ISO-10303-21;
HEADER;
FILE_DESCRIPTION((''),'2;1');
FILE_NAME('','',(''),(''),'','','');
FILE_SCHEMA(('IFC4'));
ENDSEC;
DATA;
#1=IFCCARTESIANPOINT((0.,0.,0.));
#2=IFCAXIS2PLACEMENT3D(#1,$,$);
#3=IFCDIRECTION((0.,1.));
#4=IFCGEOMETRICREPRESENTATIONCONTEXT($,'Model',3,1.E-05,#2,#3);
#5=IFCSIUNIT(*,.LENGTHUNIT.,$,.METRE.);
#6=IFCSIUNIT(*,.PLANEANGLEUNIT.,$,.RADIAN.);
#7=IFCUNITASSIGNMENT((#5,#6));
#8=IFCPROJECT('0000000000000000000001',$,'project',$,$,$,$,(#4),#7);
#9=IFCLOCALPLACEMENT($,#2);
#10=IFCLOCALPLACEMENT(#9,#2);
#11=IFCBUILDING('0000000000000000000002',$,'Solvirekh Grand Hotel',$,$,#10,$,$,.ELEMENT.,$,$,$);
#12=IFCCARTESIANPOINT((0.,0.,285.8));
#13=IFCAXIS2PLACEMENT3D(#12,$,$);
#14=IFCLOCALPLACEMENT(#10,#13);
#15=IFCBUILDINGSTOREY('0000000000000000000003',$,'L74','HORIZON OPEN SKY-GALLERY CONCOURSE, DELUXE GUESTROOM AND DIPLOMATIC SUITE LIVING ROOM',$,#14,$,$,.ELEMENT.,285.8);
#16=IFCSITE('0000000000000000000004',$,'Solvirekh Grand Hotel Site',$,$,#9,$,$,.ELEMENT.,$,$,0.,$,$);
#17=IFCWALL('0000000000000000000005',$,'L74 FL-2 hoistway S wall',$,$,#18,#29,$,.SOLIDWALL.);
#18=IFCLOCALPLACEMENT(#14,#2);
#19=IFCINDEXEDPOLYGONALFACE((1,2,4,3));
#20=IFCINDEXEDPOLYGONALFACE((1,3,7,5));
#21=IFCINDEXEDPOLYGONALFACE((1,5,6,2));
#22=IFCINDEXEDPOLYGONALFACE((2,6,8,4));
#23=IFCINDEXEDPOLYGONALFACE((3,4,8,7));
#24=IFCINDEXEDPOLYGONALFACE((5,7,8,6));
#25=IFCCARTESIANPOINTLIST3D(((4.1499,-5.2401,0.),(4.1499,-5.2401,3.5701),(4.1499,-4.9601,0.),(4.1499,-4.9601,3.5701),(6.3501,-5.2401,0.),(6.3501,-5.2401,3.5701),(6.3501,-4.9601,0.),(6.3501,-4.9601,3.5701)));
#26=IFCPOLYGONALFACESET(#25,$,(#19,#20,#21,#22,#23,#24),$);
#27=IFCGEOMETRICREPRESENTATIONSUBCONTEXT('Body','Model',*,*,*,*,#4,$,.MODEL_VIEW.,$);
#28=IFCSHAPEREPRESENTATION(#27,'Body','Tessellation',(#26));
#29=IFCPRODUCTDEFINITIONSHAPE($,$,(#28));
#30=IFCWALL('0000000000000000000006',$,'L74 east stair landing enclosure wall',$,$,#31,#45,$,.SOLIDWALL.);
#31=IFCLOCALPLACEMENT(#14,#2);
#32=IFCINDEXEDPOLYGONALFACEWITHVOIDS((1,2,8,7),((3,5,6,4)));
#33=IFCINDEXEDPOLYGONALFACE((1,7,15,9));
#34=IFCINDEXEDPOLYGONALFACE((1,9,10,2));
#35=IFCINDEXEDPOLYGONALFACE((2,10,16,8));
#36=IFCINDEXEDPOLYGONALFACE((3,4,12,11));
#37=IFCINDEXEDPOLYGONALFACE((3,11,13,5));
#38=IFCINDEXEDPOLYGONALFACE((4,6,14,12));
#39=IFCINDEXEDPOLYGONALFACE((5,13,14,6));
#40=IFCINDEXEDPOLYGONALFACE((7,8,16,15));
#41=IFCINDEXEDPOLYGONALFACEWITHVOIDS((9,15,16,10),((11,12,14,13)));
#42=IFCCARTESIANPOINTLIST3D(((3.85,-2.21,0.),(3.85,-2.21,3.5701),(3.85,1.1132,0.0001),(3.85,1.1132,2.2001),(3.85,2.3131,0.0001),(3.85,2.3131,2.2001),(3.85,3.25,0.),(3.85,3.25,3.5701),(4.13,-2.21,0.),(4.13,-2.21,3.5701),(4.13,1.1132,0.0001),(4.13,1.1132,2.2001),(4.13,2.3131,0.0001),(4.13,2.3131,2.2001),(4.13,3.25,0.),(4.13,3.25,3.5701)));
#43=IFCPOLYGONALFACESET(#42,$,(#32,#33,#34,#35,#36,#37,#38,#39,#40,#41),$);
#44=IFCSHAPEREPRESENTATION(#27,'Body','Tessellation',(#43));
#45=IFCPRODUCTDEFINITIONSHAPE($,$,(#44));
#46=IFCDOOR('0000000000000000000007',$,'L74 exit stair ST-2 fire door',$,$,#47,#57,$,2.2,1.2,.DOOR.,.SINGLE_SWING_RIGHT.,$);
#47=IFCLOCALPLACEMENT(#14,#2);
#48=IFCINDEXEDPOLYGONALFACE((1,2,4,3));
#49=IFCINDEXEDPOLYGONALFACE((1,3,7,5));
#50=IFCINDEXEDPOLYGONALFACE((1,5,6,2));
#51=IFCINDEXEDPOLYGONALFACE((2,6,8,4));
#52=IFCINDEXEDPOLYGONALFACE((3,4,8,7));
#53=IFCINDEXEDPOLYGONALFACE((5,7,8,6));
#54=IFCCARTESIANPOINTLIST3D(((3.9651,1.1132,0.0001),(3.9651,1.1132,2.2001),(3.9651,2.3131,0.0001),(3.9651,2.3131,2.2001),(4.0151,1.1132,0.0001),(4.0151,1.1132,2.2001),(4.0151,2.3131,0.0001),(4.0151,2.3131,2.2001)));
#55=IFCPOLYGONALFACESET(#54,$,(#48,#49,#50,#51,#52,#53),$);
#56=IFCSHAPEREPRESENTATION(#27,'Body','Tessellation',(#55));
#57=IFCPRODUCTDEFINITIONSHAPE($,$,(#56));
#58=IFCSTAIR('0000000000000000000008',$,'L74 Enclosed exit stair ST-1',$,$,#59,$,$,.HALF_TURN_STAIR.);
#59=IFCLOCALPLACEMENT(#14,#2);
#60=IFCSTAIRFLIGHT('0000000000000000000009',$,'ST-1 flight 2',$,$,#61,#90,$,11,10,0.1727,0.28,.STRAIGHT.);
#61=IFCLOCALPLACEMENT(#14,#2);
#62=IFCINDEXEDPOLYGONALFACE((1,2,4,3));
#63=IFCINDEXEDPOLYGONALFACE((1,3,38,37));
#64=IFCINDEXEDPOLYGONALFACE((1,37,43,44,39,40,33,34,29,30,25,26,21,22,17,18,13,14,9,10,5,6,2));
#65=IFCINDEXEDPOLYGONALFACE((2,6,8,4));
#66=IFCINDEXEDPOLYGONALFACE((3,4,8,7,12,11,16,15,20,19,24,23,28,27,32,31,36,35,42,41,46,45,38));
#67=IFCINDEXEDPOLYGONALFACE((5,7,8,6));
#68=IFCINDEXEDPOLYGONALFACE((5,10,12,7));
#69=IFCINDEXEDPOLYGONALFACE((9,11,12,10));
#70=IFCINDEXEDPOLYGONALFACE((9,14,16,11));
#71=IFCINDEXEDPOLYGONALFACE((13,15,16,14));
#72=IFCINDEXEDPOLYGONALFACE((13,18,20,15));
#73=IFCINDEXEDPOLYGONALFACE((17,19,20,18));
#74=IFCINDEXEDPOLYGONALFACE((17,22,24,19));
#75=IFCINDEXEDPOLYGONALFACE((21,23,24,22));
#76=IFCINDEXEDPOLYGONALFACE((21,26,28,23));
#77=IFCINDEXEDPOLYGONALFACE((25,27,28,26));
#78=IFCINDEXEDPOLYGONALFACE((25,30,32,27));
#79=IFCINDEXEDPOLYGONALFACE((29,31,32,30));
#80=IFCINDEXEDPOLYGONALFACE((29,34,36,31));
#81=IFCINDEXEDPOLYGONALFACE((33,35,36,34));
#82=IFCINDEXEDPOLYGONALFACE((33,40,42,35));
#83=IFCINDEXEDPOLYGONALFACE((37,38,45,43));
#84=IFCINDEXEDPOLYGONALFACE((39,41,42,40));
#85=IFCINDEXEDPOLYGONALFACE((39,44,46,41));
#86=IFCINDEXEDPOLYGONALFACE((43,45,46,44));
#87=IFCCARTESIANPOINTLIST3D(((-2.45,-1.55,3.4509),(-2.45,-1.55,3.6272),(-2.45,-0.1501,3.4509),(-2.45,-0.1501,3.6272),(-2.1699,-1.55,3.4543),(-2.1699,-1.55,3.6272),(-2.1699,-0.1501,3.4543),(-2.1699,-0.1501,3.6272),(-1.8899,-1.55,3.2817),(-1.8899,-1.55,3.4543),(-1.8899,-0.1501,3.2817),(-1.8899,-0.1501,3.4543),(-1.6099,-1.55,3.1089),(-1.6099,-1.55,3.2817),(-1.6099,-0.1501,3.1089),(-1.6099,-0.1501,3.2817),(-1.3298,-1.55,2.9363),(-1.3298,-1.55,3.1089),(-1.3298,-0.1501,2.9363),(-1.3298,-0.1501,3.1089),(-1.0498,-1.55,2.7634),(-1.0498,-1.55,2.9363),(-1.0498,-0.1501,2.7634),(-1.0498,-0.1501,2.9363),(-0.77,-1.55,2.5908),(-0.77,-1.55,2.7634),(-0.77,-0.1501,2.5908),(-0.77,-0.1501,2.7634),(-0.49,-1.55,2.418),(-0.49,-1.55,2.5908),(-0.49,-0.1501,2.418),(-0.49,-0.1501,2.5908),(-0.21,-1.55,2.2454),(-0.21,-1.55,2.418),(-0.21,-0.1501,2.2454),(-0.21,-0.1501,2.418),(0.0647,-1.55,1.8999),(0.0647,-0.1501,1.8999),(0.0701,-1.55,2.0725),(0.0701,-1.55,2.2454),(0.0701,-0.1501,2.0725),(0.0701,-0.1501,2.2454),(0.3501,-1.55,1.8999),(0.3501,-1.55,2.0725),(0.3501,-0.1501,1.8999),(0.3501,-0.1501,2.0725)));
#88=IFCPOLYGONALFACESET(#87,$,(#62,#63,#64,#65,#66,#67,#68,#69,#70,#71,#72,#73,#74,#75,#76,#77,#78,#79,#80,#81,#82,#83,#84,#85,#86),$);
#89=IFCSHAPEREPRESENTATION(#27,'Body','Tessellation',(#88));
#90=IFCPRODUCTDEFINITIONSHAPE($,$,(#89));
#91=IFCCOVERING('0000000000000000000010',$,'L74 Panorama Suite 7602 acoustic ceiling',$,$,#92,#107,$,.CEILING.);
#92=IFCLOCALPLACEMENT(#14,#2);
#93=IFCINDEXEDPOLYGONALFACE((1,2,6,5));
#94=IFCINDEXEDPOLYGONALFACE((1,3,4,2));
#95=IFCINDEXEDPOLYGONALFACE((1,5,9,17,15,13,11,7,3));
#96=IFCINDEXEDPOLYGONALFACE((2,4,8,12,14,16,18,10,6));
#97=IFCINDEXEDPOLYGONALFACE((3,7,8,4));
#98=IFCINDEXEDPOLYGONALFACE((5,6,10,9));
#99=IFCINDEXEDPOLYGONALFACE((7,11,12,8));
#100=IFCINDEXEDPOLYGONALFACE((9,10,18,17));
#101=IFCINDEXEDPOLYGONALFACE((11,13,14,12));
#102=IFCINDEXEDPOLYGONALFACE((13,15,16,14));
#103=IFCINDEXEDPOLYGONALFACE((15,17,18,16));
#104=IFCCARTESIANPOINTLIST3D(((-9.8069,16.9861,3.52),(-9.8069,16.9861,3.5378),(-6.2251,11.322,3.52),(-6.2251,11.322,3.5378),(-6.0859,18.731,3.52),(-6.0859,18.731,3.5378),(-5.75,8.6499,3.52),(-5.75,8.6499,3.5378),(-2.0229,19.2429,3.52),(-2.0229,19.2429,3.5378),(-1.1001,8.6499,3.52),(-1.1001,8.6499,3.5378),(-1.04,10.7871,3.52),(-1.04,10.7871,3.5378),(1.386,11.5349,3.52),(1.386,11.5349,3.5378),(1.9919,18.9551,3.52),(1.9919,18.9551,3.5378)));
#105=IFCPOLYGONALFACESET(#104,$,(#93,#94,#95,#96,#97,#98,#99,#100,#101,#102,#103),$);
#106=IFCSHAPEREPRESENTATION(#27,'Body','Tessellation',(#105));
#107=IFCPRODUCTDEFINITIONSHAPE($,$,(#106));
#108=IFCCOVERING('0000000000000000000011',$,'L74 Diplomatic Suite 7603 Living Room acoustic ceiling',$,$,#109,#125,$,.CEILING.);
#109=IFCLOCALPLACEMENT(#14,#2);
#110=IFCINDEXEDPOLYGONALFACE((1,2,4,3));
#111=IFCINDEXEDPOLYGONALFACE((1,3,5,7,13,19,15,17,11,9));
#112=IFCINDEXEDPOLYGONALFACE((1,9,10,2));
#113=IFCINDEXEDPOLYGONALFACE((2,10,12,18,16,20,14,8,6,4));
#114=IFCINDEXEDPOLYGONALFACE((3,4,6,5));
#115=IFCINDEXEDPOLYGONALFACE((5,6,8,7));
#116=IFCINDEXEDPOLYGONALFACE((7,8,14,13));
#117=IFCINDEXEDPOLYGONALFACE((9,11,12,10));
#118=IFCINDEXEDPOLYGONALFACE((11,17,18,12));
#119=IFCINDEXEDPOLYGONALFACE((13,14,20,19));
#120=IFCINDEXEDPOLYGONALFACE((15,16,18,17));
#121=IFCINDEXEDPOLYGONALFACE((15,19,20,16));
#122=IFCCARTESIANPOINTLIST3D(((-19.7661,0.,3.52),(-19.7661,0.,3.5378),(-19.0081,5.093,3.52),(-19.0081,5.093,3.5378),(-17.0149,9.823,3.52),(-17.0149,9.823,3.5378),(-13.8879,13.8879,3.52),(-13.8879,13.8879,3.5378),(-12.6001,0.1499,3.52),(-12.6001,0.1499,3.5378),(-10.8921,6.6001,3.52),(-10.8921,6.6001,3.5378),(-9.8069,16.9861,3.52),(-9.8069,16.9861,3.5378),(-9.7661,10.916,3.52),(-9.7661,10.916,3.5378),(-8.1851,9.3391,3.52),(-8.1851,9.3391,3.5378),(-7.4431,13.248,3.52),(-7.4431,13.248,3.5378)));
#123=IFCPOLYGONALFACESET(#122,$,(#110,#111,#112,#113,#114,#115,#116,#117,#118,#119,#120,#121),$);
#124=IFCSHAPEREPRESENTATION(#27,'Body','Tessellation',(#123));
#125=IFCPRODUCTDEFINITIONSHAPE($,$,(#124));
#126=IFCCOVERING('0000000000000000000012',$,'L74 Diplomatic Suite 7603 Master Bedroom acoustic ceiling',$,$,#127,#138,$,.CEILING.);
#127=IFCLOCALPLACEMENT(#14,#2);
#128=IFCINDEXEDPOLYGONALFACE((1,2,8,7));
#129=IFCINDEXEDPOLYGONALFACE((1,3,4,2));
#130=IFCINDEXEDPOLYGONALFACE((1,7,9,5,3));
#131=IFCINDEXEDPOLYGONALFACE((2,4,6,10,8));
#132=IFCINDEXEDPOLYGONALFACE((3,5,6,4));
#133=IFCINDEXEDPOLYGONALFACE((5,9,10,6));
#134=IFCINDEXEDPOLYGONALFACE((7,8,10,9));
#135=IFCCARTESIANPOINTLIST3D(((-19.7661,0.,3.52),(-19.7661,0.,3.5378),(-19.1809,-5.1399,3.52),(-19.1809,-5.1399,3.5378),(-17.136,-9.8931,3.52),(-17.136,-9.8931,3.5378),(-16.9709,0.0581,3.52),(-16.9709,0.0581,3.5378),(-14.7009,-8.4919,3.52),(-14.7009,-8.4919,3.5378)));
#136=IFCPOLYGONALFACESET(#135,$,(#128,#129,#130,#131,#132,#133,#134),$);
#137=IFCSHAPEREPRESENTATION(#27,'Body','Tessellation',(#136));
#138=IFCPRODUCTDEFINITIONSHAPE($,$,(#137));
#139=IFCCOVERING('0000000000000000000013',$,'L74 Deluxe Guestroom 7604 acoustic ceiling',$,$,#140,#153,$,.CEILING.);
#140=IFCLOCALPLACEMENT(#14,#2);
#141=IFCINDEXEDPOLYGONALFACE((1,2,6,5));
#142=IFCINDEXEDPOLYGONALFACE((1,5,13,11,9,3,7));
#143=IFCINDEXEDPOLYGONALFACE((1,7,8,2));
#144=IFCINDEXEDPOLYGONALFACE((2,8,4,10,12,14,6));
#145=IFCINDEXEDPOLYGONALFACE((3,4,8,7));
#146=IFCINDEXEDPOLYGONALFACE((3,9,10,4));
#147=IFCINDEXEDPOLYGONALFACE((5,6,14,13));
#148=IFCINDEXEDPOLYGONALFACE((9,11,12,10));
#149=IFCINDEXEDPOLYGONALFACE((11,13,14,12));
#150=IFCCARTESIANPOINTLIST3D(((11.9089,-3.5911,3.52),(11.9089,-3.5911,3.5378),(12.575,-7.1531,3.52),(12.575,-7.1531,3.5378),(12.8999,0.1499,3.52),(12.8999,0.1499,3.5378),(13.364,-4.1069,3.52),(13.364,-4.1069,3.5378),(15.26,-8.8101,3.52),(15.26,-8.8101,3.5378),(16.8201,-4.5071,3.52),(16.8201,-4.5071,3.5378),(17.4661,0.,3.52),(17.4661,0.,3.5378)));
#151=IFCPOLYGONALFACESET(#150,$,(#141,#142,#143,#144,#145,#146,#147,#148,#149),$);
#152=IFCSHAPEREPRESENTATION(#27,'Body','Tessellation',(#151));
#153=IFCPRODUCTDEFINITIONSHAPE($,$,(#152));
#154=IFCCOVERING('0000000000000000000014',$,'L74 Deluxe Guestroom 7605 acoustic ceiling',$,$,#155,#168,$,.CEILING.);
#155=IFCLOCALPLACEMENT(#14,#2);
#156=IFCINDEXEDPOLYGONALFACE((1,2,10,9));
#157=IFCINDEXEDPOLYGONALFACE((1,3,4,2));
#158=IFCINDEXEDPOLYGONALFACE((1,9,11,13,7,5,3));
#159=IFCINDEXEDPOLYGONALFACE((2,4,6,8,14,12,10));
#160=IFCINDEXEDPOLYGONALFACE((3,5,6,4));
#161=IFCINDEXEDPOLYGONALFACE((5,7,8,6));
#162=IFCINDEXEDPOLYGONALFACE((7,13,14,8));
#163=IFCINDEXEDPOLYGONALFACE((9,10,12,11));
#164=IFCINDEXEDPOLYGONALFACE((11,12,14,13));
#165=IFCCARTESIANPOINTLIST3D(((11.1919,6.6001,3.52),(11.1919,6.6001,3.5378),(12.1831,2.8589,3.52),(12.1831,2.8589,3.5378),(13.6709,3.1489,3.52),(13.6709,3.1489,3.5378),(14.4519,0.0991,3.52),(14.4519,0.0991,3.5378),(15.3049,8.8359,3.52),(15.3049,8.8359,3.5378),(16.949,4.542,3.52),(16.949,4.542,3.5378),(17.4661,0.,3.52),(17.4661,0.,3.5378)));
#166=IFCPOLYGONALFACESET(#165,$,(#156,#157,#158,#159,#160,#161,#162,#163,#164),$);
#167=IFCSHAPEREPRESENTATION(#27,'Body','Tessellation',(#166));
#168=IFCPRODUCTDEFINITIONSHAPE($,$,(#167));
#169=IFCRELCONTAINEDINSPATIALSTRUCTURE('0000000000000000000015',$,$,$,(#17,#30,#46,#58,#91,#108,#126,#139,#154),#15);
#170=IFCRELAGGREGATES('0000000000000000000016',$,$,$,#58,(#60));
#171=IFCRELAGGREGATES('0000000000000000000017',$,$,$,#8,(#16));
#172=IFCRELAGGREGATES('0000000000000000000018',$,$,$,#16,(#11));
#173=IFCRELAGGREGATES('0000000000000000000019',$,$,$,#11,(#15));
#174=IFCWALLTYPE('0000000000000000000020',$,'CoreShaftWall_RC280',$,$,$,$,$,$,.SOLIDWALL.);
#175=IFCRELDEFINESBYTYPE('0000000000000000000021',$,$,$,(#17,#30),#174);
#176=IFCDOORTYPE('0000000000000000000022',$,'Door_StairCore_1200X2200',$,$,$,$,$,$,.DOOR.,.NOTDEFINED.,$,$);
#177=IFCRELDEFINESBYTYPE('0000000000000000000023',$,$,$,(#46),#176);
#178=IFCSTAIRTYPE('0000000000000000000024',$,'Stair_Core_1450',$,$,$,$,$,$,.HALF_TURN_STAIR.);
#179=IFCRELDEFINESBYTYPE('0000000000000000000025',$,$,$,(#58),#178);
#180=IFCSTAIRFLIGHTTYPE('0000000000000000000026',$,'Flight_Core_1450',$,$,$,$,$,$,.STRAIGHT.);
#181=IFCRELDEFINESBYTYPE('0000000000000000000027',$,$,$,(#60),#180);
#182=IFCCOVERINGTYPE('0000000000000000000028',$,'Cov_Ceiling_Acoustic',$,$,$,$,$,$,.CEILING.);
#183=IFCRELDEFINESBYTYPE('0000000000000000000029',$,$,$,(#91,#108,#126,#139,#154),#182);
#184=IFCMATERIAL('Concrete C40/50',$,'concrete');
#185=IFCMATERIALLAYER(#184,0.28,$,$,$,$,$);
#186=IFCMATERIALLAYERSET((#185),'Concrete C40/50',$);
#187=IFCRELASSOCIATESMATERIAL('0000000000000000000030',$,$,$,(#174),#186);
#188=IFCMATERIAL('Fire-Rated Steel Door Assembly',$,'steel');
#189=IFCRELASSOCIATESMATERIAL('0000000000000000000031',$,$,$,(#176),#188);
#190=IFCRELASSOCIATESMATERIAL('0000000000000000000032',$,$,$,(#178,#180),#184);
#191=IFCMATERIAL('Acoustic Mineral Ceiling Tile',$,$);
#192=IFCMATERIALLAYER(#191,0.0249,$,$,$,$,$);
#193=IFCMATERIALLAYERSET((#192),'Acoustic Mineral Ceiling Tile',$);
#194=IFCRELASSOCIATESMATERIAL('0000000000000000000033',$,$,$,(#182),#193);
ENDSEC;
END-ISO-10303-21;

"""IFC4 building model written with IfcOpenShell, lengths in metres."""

from ifc_helpers import new_model, si_unit, direction, frame, frame_2d, origin, place, context, subcontext, project, spatial, polyline, rectangle, outline, extrude, material, layer, layer_set, type_object, element, fill, aggregate, save


model = new_model("IFC4")

# Units and contexts
model_context = context("Model", 3, precision=1e-05, world=origin(), true_north=direction((0.0, 1.0)))
body_context = subcontext(model_context, "Body", "Model", "MODEL_VIEW")
ifc_project = project(units=[si_unit("LENGTHUNIT", "METRE"), si_unit("PLANEANGLEUNIT", "RADIAN")], contexts=[model_context])

# Site, building, storey
site_placement = place(None, origin())
site = spatial("IfcSite", under=ifc_project, at=site_placement, Name="Solvirekh Grand Hotel Site", CompositionType="ELEMENT", RefElevation=0.0)
building_placement = place(site_placement, origin())
building = spatial("IfcBuilding", under=site, at=building_placement, Name="Solvirekh Grand Hotel", CompositionType="ELEMENT")
storey_placement = place(building_placement, frame((0.0, 0.0, 285.8)))
storey = spatial("IfcBuildingStorey", under=building, at=storey_placement, Name="L74", Description="HORIZON OPEN SKY-GALLERY CONCOURSE, DELUXE GUESTROOM AND DIPLOMATIC SUITE LIVING ROOM", CompositionType="ELEMENT", Elevation=285.8)

# Wall
ifc_material_1 = material(Name="Concrete C40/50", Category="concrete")
ifc_layer_1 = layer(ifc_material_1, 0.28)
ifc_layer_set_1 = layer_set([ifc_layer_1], Name="Concrete C40/50")
wall_type = type_object("IfcWallType", Name="CoreShaftWall_RC280", PredefinedType="SOLIDWALL", material=ifc_layer_set_1)
wall_1_placement = place(storey_placement, frame((4.1499, -5.1001, 0.0), z_axis=(0.0, 0.0, 1.0), x_axis=(1.0, 0.0, 0.0)))
element("IfcWall", 1, at=wall_1_placement, inside=storey, type_object=wall_type, Name="L74 FL-2 hoistway S wall", PredefinedType="SOLIDWALL", context=body_context, shape_type="SweptSolid", body=[
    extrude(rectangle(XDim=2.2002, YDim=0.28, at=frame_2d((1.1001, 0.0))), origin(), (0.0, 0.0, 1.0), 3.5701),
])

# Wall, opening, door
wall_2_placement = place(storey_placement, frame((3.99, -2.21, 0.0), z_axis=(0.0, 0.0, 1.0), x_axis=(0.0, 1.0, 0.0)))
wall_2 = element("IfcWall", 2, at=wall_2_placement, inside=storey, type_object=wall_type, Name="L74 east stair landing enclosure wall", PredefinedType="SOLIDWALL", context=body_context, shape_type="SweptSolid", body=[
    extrude(rectangle(XDim=5.46, YDim=0.28, at=frame_2d((2.73, 0.0))), origin(), (0.0, 0.0, 1.0), 3.5701),
])
opening_placement = place(wall_2_placement, frame((3.323, 0.0, 0.0)))
opening = element("IfcOpeningElement", 3, at=opening_placement, cuts=wall_2, PredefinedType="OPENING", context=body_context, shape_type="SweptSolid", body=[
    extrude(rectangle(XDim=1.2, YDim=2.2, at=frame_2d((0.6001, 1.1001))), frame((0.0, 0.1499, 0.0), z_axis=(0.0, -1.0, 0.0), x_axis=(1.0, 0.0, 0.0)), (0.0, 0.0, 1.0), 0.3),
])
ifc_material_2 = material(Name="Fire-Rated Steel Door Assembly", Category="steel")
door_type = type_object("IfcDoorType", Name="Door_StairCore_1200X2200", OperationType="NOTDEFINED", PredefinedType="DOOR", material=ifc_material_2)
door_placement = place(opening_placement, origin())
door = element("IfcDoor", 4, at=door_placement, inside=storey, type_object=door_type, Name="L74 exit stair ST-2 fire door", OperationType="SINGLE_SWING_RIGHT", OverallHeight=2.2, OverallWidth=1.2, PredefinedType="DOOR", context=body_context, shape_type="SweptSolid", body=[
    extrude(rectangle(XDim=1.2, YDim=2.2, at=frame_2d((0.6001, 1.1001))), frame((0.0, 0.0249, 0.0), z_axis=(0.0, -1.0, 0.0), x_axis=(1.0, 0.0, 0.0)), (0.0, 0.0, 1.0), 0.05),
])
fill(opening, door)

# Stair, stair flight
stair_type = type_object("IfcStairType", Name="Stair_Core_1450", PredefinedType="HALF_TURN_STAIR", material=ifc_material_1)
stair_placement = place(storey_placement, origin())
stair = element("IfcStair", 5, at=stair_placement, inside=storey, type_object=stair_type, Name="L74 Enclosed exit stair ST-1", PredefinedType="HALF_TURN_STAIR")
stair_flight_type = type_object("IfcStairFlightType", Name="Flight_Core_1450", PredefinedType="STRAIGHT", material=ifc_material_1)
stair_flight_placement = place(storey_placement, frame((0.3501, -0.8501, 1.8999), z_axis=(0.0, 0.0, 1.0), x_axis=(-1.0, 0.0, 0.0)))
stair_flight = element("IfcStairFlight", 6, at=stair_flight_placement, type_object=stair_flight_type, Name="ST-1 flight 2", NumberOfRisers=11, NumberOfTreads=10, PredefinedType="STRAIGHT", RiserHeight=0.1727, TreadLength=0.28, context=body_context, shape_type="SweptSolid", body=[
    extrude(outline(polyline([(0.0, 0.0), (0.0, 0.1726), (0.28, 0.1726), (0.28, 0.3455), (0.5601, 0.3455), (0.5601, 0.5181), (0.8401, 0.5181), (0.8401, 0.6909), (1.1201, 0.6909), (1.1201, 0.8635), (1.3999, 0.8635), (1.3999, 1.0364), (1.6799, 1.0364), (1.6799, 1.209), (1.96, 1.209), (1.96, 1.3818), (2.24, 1.3818), (2.24, 1.5544), (2.52, 1.5544), (2.52, 1.7273), (2.8, 1.7273), (2.8, 1.8999), (2.8, 1.551), (0.2854, 0.0), (0.0, 0.0)])), frame((0.0, 0.7, 0.0), z_axis=(0.0, -1.0, 0.0), x_axis=(1.0, 0.0, 0.0)), (0.0, 0.0, 1.0), 1.3999),
])
aggregate(stair, [stair_flight])

# Coverings
ifc_material_3 = material(Name="Acoustic Mineral Ceiling Tile")
ifc_layer_2 = layer(ifc_material_3, 0.0249)
ifc_layer_set_2 = layer_set([ifc_layer_2], Name="Acoustic Mineral Ceiling Tile")
covering_type_1 = type_object("IfcCoveringType", Name="Cov_Ceiling_Acoustic", PredefinedType="CEILING", material=ifc_layer_set_2)
covering_1_placement = place(storey_placement, frame((0.0, 0.0, 3.52)))
element("IfcCovering", 7, at=covering_1_placement, inside=storey, type_object=covering_type_1, Name="L74 Panorama Suite 7602 acoustic ceiling", PredefinedType="CEILING", context=body_context, shape_type="SweptSolid", body=[
    extrude(outline(polyline([(-1.1001, 8.6499), (-1.04, 10.7871), (1.386, 11.5349), (1.9919, 18.9551), (-2.0229, 19.2429), (-6.0859, 18.731), (-9.8069, 16.9861), (-6.2251, 11.322), (-5.75, 8.6499), (-1.1001, 8.6499)])), origin(), (0.0, 0.0, 1.0), 0.0178),
])
covering_2_placement = place(storey_placement, frame((0.0, 0.0, 3.52)))
element("IfcCovering", 8, at=covering_2_placement, inside=storey, type_object=covering_type_1, Name="L74 Diplomatic Suite 7603 Living Room acoustic ceiling", PredefinedType="CEILING", context=body_context, shape_type="SweptSolid", body=[
    extrude(outline(polyline([(-9.7661, 10.916), (-7.4431, 13.248), (-9.8069, 16.9861), (-13.8879, 13.8879), (-17.0149, 9.823), (-19.0081, 5.093), (-19.7661, 0.0), (-12.6001, 0.1499), (-10.8921, 6.6001), (-8.1851, 9.3391), (-9.7661, 10.916)])), origin(), (0.0, 0.0, 1.0), 0.0178),
])
covering_3_placement = place(storey_placement, frame((0.0, 0.0, 3.52)))
element("IfcCovering", 9, at=covering_3_placement, inside=storey, type_object=covering_type_1, Name="L74 Diplomatic Suite 7603 Master Bedroom acoustic ceiling", PredefinedType="CEILING", context=body_context, shape_type="SweptSolid", body=[
    extrude(outline(polyline([(-19.7661, 0.0), (-19.1809, -5.1399), (-17.136, -9.8931), (-14.7009, -8.4919), (-16.9709, 0.0581), (-19.7661, 0.0)])), origin(), (0.0, 0.0, 1.0), 0.0178),
])
covering_4_placement = place(storey_placement, frame((0.0, 0.0, 3.52)))
element("IfcCovering", 10, at=covering_4_placement, inside=storey, type_object=covering_type_1, Name="L74 Deluxe Guestroom 7604 acoustic ceiling", PredefinedType="CEILING", context=body_context, shape_type="SweptSolid", body=[
    extrude(outline(polyline([(13.364, -4.1069), (12.575, -7.1531), (15.26, -8.8101), (16.8201, -4.5071), (17.4661, 0.0), (12.8999, 0.1499), (11.9089, -3.5911), (13.364, -4.1069)])), origin(), (0.0, 0.0, 1.0), 0.0178),
])
covering_5_placement = place(storey_placement, frame((0.0, 0.0, 3.52)))
element("IfcCovering", 11, at=covering_5_placement, inside=storey, type_object=covering_type_1, Name="L74 Deluxe Guestroom 7605 acoustic ceiling", PredefinedType="CEILING", context=body_context, shape_type="SweptSolid", body=[
    extrude(outline(polyline([(13.6709, 3.1489), (14.4519, 0.0991), (17.4661, 0.0), (16.949, 4.542), (15.3049, 8.8359), (11.1919, 6.6001), (12.1831, 2.8589), (13.6709, 3.1489)])), origin(), (0.0, 0.0, 1.0), 0.0178),
])

save(model, "model.ifc")
